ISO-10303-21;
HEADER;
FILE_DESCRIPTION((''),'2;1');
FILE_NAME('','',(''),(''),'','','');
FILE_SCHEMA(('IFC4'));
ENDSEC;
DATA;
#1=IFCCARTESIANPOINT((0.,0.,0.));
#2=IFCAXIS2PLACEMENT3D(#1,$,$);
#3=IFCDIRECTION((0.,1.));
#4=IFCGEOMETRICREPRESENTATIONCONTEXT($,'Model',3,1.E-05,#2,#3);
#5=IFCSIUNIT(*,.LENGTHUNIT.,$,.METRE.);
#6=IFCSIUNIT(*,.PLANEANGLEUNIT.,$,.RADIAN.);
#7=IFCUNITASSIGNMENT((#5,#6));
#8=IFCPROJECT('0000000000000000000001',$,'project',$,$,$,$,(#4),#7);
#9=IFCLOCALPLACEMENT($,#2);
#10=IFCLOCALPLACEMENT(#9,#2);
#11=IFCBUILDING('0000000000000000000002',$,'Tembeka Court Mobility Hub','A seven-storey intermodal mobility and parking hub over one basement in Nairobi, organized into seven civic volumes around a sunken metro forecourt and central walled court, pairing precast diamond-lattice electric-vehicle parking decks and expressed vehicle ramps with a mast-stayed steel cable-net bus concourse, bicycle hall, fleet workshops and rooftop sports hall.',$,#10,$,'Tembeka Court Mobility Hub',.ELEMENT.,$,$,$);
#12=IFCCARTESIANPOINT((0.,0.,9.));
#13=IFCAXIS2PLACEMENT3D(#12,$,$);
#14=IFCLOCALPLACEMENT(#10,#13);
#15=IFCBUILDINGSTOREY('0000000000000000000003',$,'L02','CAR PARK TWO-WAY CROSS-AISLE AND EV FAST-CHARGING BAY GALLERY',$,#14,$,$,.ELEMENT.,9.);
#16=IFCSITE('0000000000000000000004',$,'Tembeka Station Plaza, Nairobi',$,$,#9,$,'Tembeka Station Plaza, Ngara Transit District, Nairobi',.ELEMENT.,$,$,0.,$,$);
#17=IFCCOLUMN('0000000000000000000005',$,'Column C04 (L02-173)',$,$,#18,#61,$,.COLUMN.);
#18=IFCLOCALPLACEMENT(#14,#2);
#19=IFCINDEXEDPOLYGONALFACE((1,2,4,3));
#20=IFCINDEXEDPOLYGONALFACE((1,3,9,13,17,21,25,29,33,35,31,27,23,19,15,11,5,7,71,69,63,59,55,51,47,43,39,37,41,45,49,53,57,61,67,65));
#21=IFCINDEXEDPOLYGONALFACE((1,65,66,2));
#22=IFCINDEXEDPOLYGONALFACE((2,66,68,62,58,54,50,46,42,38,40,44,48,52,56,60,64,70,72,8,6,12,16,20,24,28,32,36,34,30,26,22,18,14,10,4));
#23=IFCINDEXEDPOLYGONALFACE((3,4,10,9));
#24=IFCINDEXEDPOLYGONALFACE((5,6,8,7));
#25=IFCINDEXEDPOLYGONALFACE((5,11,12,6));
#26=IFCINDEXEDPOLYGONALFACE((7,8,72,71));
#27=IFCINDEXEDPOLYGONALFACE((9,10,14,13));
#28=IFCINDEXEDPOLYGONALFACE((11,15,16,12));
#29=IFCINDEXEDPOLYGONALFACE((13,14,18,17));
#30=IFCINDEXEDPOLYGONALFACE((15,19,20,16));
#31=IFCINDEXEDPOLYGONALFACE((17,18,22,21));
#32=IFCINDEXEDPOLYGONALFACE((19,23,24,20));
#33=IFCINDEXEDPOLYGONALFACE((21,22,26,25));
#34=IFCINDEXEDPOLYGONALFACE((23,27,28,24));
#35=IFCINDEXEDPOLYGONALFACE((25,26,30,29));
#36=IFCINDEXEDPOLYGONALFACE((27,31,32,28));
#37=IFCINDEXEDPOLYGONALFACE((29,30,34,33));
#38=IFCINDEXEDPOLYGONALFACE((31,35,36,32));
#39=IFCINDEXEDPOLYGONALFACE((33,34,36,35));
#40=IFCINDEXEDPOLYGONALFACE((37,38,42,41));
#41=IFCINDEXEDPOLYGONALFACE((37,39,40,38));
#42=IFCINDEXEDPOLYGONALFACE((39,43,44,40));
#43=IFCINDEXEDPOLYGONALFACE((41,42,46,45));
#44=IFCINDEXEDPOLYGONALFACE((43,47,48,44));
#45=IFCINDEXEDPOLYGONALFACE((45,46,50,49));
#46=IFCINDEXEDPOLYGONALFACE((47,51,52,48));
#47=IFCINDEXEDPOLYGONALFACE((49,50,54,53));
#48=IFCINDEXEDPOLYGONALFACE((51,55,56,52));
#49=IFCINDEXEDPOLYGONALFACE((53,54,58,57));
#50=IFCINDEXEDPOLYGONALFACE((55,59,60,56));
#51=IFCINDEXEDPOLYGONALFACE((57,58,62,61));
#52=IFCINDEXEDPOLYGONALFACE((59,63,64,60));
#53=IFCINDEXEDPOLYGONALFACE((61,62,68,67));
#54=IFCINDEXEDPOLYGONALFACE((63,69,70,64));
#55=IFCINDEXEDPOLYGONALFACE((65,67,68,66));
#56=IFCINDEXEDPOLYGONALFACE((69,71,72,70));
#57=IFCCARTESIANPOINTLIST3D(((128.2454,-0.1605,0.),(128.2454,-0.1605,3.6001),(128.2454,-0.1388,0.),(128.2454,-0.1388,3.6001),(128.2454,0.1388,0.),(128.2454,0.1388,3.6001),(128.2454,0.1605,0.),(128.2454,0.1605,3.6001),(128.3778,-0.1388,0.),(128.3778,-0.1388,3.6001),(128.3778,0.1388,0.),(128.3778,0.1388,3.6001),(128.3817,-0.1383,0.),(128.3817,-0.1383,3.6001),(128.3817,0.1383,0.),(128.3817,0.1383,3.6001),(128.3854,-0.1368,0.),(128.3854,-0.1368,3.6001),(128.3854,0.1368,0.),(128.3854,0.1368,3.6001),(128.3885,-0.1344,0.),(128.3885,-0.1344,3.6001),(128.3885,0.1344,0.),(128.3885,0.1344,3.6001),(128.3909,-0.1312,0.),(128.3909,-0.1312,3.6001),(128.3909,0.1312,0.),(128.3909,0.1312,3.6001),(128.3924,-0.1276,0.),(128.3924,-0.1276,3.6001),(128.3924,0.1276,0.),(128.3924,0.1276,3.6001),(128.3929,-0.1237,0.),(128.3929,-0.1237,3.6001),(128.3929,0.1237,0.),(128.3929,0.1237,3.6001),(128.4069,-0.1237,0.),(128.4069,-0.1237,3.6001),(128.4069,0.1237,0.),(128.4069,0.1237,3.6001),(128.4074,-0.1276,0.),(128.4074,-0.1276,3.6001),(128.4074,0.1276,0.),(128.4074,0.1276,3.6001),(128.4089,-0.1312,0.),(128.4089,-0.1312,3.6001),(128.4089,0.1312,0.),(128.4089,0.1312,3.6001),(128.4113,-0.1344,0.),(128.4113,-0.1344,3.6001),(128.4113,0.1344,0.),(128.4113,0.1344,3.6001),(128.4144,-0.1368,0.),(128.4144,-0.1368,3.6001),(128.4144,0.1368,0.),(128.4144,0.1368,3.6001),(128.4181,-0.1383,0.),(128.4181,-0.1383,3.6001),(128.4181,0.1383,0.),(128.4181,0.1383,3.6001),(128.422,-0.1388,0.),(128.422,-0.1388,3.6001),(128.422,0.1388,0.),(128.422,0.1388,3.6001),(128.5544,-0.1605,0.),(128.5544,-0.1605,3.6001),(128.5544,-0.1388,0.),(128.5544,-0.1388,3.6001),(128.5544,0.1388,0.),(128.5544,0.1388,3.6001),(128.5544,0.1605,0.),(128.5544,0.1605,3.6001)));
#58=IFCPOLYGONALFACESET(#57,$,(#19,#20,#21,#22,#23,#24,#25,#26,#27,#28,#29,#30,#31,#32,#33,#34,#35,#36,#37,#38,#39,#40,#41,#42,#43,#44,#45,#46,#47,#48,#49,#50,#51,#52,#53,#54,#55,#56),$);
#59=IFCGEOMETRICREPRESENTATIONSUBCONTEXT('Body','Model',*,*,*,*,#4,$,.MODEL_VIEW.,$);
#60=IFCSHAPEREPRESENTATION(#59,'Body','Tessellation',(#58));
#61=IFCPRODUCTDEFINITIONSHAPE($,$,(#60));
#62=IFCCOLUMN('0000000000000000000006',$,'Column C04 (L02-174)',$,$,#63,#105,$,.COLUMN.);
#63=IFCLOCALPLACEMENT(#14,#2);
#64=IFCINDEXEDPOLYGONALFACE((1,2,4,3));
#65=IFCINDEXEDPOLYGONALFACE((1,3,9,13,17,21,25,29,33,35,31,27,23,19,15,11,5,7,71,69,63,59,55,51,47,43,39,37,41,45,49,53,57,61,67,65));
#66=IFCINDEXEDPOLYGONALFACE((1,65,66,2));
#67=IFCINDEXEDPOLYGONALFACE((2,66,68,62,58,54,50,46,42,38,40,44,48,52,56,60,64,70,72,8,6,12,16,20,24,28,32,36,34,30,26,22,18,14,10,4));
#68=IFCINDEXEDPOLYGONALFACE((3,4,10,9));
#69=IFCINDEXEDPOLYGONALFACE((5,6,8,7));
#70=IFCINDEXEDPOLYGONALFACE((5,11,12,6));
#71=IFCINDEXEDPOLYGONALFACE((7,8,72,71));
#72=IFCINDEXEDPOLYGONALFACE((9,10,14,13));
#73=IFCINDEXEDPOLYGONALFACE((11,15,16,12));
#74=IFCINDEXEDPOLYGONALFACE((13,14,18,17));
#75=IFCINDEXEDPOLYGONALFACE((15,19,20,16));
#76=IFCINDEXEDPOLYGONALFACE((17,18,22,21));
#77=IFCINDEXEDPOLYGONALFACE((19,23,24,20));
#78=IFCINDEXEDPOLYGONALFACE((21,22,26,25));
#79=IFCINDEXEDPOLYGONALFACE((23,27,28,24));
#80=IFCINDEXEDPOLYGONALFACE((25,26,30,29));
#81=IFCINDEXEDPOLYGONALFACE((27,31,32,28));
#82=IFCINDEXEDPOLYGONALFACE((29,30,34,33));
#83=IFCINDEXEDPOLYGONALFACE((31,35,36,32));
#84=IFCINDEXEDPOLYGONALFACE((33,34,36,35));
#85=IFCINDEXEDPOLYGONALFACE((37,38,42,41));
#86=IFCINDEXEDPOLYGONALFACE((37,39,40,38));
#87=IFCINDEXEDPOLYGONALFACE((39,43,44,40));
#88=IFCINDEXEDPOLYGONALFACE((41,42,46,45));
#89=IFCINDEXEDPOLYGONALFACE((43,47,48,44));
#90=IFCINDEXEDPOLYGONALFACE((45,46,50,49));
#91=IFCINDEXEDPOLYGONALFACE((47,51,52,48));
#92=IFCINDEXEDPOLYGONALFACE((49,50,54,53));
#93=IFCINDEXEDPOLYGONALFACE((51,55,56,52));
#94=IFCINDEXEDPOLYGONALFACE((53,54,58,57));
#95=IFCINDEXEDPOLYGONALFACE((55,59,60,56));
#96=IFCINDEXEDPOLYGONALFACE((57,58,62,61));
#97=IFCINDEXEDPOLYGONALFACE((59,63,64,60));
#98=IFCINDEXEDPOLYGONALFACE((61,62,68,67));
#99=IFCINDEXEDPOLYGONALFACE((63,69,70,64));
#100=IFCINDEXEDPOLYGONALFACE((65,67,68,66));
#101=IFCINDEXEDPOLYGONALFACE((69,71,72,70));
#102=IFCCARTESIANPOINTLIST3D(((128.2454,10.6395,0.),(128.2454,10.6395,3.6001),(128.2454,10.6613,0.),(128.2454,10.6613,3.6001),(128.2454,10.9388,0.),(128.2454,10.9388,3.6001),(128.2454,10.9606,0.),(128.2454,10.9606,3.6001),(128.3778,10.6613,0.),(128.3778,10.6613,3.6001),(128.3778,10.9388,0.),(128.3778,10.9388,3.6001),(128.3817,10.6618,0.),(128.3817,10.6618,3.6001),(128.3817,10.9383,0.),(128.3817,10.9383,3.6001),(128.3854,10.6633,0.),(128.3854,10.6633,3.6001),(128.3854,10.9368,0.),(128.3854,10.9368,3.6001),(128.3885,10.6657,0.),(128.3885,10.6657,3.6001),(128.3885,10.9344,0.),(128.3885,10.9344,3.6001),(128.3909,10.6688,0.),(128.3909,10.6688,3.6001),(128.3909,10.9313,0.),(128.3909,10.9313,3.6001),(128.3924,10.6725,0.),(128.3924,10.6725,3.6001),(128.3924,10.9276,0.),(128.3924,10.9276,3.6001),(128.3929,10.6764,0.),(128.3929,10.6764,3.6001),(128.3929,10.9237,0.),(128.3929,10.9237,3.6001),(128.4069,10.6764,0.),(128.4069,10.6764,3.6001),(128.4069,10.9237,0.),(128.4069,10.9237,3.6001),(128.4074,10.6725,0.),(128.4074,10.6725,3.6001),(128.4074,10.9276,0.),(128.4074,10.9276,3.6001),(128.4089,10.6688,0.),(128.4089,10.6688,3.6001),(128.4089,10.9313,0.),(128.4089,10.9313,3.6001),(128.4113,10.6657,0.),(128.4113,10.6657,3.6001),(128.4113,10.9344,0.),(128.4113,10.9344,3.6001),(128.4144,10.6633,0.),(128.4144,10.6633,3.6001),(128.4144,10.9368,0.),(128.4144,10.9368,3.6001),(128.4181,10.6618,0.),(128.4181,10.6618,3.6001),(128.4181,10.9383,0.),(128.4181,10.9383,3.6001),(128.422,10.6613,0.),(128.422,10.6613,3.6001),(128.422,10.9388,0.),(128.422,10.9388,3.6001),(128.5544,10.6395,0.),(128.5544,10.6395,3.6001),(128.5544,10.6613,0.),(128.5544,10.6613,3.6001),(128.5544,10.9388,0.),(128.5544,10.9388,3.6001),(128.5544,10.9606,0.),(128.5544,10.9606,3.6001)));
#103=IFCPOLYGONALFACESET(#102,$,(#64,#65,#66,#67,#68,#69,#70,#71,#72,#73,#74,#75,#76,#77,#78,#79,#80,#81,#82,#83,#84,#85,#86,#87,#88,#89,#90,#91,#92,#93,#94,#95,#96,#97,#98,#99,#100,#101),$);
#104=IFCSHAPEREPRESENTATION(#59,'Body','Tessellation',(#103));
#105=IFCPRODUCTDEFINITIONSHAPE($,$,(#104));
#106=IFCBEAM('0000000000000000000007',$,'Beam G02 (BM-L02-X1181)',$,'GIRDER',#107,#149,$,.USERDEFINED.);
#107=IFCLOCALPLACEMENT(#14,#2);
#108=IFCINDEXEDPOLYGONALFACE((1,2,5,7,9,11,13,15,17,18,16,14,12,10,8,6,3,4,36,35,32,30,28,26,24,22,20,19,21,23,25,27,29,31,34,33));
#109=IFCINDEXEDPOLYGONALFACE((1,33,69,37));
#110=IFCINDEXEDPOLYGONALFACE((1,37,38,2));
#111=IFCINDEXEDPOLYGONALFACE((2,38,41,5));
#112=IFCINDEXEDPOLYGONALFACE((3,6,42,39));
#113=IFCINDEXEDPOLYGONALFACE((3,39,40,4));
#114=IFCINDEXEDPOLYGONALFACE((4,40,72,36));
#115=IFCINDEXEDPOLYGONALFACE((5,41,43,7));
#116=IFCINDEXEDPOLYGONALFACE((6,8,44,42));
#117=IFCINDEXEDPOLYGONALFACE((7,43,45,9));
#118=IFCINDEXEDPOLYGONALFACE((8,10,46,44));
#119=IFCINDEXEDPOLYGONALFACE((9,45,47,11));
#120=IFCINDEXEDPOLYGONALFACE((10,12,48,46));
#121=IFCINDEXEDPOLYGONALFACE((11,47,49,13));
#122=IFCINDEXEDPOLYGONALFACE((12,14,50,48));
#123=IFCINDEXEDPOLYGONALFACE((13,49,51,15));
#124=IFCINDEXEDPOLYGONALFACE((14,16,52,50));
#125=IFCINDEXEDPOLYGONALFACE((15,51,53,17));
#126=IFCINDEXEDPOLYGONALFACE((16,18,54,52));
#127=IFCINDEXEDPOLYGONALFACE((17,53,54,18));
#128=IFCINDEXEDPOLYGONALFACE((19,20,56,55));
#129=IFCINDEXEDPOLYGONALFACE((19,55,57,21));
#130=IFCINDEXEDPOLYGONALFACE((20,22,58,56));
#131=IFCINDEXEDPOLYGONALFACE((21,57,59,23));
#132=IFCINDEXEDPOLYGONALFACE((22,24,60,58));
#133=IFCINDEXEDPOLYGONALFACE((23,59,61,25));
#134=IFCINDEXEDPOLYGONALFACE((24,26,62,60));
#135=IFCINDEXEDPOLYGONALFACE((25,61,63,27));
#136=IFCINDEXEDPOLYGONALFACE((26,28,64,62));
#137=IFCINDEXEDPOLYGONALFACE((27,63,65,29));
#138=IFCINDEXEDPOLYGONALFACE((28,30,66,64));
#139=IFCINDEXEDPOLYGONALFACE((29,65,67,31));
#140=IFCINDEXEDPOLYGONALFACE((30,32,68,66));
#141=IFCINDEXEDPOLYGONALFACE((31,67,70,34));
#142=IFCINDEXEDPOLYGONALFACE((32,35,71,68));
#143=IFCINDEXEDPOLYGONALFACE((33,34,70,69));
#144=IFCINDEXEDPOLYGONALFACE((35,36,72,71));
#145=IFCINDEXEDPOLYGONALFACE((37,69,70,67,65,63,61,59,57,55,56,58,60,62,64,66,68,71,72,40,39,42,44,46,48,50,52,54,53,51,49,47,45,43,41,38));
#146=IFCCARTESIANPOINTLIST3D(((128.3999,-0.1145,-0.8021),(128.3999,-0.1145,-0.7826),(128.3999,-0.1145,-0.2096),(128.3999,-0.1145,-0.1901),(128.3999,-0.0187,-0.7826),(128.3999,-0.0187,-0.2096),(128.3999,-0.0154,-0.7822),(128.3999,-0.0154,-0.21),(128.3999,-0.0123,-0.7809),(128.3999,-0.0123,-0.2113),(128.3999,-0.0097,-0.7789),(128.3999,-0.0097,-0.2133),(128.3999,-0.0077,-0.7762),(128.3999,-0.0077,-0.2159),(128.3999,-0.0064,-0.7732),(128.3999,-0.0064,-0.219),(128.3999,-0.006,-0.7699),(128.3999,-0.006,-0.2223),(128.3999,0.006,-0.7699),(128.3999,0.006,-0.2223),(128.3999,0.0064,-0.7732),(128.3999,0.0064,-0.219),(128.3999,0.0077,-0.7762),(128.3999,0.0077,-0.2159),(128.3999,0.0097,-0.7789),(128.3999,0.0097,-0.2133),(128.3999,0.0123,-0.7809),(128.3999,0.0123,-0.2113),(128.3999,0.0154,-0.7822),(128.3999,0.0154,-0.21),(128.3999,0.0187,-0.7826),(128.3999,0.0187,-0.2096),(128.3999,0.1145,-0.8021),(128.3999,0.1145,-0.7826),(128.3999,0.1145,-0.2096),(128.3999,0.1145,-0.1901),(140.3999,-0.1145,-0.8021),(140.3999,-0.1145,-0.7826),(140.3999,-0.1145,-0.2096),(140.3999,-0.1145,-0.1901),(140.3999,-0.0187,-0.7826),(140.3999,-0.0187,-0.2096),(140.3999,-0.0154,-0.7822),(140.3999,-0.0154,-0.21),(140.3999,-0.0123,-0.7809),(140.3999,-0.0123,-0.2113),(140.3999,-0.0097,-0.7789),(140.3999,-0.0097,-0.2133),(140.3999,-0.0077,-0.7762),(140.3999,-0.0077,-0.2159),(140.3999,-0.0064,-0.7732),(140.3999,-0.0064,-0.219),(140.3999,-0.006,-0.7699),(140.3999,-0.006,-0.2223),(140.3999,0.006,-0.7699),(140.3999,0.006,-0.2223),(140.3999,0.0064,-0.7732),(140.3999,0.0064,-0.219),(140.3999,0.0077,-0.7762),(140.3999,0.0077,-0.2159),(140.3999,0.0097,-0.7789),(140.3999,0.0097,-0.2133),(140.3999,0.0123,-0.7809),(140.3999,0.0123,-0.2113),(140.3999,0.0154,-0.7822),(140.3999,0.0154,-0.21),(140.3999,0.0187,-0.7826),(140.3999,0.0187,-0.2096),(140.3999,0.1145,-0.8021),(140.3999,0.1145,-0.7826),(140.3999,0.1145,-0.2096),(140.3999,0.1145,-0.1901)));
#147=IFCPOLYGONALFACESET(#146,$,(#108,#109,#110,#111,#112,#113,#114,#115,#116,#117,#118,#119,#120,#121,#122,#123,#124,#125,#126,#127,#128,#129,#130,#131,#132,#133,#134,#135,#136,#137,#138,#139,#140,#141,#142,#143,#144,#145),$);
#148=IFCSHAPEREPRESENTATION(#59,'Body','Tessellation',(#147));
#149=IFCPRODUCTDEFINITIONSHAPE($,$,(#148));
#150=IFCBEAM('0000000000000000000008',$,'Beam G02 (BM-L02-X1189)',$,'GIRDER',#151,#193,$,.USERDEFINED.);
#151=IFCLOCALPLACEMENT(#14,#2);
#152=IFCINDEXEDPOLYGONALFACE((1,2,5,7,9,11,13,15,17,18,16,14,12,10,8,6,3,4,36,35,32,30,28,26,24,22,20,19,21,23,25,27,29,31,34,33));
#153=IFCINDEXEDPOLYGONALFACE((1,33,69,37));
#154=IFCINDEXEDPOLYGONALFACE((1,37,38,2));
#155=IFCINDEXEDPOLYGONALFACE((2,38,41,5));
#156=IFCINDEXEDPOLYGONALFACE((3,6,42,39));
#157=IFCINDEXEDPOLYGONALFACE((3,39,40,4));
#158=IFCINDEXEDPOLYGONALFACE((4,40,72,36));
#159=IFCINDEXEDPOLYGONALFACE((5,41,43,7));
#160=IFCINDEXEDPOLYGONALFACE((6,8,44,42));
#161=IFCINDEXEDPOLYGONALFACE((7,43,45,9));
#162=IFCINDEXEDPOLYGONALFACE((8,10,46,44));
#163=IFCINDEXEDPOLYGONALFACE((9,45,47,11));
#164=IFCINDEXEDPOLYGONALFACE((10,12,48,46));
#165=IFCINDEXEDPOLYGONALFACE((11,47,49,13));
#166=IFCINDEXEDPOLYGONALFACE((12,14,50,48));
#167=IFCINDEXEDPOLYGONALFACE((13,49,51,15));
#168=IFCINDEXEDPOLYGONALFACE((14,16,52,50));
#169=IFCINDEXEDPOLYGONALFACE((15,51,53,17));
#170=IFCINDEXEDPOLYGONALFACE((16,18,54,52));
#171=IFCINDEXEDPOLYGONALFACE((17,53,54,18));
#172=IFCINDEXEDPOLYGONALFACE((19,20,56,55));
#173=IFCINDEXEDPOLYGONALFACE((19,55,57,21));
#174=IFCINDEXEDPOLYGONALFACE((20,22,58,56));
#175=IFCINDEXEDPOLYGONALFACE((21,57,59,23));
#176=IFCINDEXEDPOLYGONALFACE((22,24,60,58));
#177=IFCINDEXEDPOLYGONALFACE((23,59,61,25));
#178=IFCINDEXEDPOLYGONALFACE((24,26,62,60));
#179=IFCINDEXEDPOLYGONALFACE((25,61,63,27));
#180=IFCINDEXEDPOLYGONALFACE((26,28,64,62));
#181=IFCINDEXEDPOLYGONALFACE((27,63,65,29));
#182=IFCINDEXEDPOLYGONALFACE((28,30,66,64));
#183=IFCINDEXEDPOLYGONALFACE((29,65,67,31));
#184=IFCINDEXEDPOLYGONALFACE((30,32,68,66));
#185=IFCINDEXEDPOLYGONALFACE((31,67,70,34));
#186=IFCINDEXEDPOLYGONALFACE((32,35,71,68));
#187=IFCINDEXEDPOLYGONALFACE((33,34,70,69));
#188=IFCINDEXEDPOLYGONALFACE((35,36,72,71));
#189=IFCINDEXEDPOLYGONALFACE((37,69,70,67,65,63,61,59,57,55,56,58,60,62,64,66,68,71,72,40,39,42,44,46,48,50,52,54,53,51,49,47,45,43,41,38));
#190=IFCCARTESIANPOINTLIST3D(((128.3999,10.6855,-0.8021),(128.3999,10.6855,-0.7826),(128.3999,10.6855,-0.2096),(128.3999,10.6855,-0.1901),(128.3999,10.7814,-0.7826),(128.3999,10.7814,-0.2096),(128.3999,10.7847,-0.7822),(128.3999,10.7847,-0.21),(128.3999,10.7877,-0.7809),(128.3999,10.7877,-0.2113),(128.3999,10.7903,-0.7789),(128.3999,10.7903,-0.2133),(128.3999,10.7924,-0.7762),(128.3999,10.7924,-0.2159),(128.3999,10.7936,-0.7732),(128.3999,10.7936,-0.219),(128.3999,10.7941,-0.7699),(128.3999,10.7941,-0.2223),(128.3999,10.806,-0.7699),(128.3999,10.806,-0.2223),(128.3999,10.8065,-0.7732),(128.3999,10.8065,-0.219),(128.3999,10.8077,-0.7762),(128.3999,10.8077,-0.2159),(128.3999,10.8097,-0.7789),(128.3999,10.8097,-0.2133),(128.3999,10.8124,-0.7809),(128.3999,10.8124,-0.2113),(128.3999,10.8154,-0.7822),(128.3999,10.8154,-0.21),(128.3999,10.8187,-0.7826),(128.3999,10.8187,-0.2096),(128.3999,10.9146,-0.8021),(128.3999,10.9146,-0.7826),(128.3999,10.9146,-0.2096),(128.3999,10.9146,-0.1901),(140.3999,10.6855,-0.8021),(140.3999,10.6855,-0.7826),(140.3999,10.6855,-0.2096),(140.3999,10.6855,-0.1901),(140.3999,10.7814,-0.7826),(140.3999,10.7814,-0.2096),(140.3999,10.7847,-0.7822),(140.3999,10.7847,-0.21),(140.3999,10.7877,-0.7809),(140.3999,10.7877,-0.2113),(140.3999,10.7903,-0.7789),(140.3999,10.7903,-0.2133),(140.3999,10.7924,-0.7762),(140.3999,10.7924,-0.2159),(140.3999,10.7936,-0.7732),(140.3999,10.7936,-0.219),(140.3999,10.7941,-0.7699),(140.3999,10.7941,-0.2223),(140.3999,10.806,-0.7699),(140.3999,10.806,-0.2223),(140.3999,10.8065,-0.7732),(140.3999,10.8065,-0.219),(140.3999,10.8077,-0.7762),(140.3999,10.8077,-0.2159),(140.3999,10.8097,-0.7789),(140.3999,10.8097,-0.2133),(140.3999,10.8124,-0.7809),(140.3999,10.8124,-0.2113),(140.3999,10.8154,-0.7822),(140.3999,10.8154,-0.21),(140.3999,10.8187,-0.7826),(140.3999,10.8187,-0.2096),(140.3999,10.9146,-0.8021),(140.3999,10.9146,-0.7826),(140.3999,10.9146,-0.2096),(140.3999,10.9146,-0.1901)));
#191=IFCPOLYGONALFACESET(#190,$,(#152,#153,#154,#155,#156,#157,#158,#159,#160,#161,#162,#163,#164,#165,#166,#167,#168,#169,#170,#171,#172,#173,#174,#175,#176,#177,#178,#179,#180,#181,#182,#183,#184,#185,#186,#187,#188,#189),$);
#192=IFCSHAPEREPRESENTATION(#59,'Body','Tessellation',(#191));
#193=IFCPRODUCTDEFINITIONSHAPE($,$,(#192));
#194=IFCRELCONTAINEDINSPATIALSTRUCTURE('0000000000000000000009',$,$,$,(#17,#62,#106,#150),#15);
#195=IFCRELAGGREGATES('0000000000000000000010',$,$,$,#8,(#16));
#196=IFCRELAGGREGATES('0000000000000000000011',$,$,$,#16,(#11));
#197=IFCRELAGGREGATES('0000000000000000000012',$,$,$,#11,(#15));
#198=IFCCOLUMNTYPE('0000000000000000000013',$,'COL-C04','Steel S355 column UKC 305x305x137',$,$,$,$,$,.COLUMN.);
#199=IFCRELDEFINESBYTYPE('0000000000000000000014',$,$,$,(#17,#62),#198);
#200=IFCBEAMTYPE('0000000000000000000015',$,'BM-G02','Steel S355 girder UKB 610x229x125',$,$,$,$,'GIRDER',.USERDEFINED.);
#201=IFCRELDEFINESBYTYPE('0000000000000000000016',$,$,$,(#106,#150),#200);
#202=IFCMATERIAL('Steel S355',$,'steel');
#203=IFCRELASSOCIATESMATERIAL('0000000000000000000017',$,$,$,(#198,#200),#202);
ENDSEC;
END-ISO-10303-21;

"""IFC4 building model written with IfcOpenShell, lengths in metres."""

from ifc_helpers import new_model, si_unit, direction, frame, origin, origin_2d, place, context, subcontext, project, spatial, i_section, extrude, material, material_profile, profile_set, type_object, element, save


model = new_model("IFC4")

# Units and contexts
model_context = context("Model", 3, precision=1e-05, world=origin(), true_north=direction((0.0, 1.0)))
body_context = subcontext(model_context, "Body", "Model", "MODEL_VIEW")
ifc_project = project(units=[si_unit("LENGTHUNIT", "METRE"), si_unit("PLANEANGLEUNIT", "RADIAN")], contexts=[model_context])

# Site, building, storey
site_placement = place(None, origin())
site = spatial("IfcSite", under=ifc_project, at=site_placement, Name="Tembeka Station Plaza, Nairobi", LongName="Tembeka Station Plaza, Ngara Transit District, Nairobi", CompositionType="ELEMENT", RefElevation=0.0)
building_placement = place(site_placement, origin())
building = spatial("IfcBuilding", under=site, at=building_placement, Name="Tembeka Court Mobility Hub", Description="A seven-storey intermodal mobility and parking hub over one basement in Nairobi, organized into seven civic volumes around a sunken metro forecourt and central walled court, pairing precast diamond-lattice electric-vehicle parking decks and expressed vehicle ramps with a mast-stayed steel cable-net bus concourse, bicycle hall, fleet workshops and rooftop sports hall.", LongName="Tembeka Court Mobility Hub", CompositionType="ELEMENT")
storey_placement = place(building_placement, frame((0.0, 0.0, 9.0)))
storey = spatial("IfcBuildingStorey", under=building, at=storey_placement, Name="L02", Description="CAR PARK TWO-WAY CROSS-AISLE AND EV FAST-CHARGING BAY GALLERY", CompositionType="ELEMENT", Elevation=9.0)

# Columns
ifc_material_1 = material(Name="Steel S355", Category="steel")
ifc_material_profile_1 = material_profile(ifc_material_1, i_section(OverallWidth=0.3091, OverallDepth=0.321, WebThickness=0.0139, FlangeThickness=0.0217, FilletRadius=0.0151, at=origin_2d()), Name="UKC 305x305x137")
ifc_profile_set_1 = profile_set([ifc_material_profile_1], Name="Steel S355")
column_type = type_object("IfcColumnType", Name="COL-C04", Description="Steel S355 column UKC 305x305x137", PredefinedType="COLUMN", material=ifc_profile_set_1)
for number, where, z_axis, x_axis, name in (
    (1, (128.3999, 0.0, 0.0), (0.0, 0.0, 1.0), (1.0, 0.0, 0.0), "Column C04 (L02-173)"),
    (2, (128.3999, 10.8, 0.0), (0.0, 0.0, 1.0), (1.0, 0.0, 0.0), "Column C04 (L02-174)"),
):
    element("IfcColumn", number, at=place(storey_placement, frame(where, z_axis=z_axis, x_axis=x_axis)), inside=storey, type_object=column_type, Name=name, PredefinedType="COLUMN", context=body_context, shape_type="SweptSolid", body=[
        extrude(i_section(OverallWidth=0.3091, OverallDepth=0.321, WebThickness=0.0139, FlangeThickness=0.0217, FilletRadius=0.0151, at=origin_2d()), origin(), (0.0, 0.0, 1.0), 3.6001),
    ])

# Beams
ifc_material_profile_2 = material_profile(ifc_material_1, i_section(OverallWidth=0.229, OverallDepth=0.6121, WebThickness=0.012, FlangeThickness=0.0195, FilletRadius=0.0127, at=origin_2d()), Name="UKB 610x229x125")
ifc_profile_set_2 = profile_set([ifc_material_profile_2], Name="Steel S355")
beam_type_1 = type_object("IfcBeamType", Name="BM-G02", Description="Steel S355 girder UKB 610x229x125", ElementType="GIRDER", PredefinedType="USERDEFINED", material=ifc_profile_set_2)
for number, where, z_axis, x_axis, name in (
    (3, (128.3999, 0.0, -0.4961), (1.0, 0.0, 0.0), (0.0, 1.0, 0.0), "Beam G02 (BM-L02-X1181)"),
    (4, (128.3999, 10.8, -0.4961), (1.0, 0.0, 0.0), (0.0, 1.0, 0.0), "Beam G02 (BM-L02-X1189)"),
):
    element("IfcBeam", number, at=place(storey_placement, frame(where, z_axis=z_axis, x_axis=x_axis)), inside=storey, type_object=beam_type_1, Name=name, ObjectType="GIRDER", PredefinedType="USERDEFINED", context=body_context, shape_type="SweptSolid", body=[
        extrude(i_section(OverallWidth=0.229, OverallDepth=0.6121, WebThickness=0.012, FlangeThickness=0.0195, FilletRadius=0.0127, at=origin_2d()), origin(), (0.0, 0.0, 1.0), 12.0),
    ])

save(model, "model.ifc")
